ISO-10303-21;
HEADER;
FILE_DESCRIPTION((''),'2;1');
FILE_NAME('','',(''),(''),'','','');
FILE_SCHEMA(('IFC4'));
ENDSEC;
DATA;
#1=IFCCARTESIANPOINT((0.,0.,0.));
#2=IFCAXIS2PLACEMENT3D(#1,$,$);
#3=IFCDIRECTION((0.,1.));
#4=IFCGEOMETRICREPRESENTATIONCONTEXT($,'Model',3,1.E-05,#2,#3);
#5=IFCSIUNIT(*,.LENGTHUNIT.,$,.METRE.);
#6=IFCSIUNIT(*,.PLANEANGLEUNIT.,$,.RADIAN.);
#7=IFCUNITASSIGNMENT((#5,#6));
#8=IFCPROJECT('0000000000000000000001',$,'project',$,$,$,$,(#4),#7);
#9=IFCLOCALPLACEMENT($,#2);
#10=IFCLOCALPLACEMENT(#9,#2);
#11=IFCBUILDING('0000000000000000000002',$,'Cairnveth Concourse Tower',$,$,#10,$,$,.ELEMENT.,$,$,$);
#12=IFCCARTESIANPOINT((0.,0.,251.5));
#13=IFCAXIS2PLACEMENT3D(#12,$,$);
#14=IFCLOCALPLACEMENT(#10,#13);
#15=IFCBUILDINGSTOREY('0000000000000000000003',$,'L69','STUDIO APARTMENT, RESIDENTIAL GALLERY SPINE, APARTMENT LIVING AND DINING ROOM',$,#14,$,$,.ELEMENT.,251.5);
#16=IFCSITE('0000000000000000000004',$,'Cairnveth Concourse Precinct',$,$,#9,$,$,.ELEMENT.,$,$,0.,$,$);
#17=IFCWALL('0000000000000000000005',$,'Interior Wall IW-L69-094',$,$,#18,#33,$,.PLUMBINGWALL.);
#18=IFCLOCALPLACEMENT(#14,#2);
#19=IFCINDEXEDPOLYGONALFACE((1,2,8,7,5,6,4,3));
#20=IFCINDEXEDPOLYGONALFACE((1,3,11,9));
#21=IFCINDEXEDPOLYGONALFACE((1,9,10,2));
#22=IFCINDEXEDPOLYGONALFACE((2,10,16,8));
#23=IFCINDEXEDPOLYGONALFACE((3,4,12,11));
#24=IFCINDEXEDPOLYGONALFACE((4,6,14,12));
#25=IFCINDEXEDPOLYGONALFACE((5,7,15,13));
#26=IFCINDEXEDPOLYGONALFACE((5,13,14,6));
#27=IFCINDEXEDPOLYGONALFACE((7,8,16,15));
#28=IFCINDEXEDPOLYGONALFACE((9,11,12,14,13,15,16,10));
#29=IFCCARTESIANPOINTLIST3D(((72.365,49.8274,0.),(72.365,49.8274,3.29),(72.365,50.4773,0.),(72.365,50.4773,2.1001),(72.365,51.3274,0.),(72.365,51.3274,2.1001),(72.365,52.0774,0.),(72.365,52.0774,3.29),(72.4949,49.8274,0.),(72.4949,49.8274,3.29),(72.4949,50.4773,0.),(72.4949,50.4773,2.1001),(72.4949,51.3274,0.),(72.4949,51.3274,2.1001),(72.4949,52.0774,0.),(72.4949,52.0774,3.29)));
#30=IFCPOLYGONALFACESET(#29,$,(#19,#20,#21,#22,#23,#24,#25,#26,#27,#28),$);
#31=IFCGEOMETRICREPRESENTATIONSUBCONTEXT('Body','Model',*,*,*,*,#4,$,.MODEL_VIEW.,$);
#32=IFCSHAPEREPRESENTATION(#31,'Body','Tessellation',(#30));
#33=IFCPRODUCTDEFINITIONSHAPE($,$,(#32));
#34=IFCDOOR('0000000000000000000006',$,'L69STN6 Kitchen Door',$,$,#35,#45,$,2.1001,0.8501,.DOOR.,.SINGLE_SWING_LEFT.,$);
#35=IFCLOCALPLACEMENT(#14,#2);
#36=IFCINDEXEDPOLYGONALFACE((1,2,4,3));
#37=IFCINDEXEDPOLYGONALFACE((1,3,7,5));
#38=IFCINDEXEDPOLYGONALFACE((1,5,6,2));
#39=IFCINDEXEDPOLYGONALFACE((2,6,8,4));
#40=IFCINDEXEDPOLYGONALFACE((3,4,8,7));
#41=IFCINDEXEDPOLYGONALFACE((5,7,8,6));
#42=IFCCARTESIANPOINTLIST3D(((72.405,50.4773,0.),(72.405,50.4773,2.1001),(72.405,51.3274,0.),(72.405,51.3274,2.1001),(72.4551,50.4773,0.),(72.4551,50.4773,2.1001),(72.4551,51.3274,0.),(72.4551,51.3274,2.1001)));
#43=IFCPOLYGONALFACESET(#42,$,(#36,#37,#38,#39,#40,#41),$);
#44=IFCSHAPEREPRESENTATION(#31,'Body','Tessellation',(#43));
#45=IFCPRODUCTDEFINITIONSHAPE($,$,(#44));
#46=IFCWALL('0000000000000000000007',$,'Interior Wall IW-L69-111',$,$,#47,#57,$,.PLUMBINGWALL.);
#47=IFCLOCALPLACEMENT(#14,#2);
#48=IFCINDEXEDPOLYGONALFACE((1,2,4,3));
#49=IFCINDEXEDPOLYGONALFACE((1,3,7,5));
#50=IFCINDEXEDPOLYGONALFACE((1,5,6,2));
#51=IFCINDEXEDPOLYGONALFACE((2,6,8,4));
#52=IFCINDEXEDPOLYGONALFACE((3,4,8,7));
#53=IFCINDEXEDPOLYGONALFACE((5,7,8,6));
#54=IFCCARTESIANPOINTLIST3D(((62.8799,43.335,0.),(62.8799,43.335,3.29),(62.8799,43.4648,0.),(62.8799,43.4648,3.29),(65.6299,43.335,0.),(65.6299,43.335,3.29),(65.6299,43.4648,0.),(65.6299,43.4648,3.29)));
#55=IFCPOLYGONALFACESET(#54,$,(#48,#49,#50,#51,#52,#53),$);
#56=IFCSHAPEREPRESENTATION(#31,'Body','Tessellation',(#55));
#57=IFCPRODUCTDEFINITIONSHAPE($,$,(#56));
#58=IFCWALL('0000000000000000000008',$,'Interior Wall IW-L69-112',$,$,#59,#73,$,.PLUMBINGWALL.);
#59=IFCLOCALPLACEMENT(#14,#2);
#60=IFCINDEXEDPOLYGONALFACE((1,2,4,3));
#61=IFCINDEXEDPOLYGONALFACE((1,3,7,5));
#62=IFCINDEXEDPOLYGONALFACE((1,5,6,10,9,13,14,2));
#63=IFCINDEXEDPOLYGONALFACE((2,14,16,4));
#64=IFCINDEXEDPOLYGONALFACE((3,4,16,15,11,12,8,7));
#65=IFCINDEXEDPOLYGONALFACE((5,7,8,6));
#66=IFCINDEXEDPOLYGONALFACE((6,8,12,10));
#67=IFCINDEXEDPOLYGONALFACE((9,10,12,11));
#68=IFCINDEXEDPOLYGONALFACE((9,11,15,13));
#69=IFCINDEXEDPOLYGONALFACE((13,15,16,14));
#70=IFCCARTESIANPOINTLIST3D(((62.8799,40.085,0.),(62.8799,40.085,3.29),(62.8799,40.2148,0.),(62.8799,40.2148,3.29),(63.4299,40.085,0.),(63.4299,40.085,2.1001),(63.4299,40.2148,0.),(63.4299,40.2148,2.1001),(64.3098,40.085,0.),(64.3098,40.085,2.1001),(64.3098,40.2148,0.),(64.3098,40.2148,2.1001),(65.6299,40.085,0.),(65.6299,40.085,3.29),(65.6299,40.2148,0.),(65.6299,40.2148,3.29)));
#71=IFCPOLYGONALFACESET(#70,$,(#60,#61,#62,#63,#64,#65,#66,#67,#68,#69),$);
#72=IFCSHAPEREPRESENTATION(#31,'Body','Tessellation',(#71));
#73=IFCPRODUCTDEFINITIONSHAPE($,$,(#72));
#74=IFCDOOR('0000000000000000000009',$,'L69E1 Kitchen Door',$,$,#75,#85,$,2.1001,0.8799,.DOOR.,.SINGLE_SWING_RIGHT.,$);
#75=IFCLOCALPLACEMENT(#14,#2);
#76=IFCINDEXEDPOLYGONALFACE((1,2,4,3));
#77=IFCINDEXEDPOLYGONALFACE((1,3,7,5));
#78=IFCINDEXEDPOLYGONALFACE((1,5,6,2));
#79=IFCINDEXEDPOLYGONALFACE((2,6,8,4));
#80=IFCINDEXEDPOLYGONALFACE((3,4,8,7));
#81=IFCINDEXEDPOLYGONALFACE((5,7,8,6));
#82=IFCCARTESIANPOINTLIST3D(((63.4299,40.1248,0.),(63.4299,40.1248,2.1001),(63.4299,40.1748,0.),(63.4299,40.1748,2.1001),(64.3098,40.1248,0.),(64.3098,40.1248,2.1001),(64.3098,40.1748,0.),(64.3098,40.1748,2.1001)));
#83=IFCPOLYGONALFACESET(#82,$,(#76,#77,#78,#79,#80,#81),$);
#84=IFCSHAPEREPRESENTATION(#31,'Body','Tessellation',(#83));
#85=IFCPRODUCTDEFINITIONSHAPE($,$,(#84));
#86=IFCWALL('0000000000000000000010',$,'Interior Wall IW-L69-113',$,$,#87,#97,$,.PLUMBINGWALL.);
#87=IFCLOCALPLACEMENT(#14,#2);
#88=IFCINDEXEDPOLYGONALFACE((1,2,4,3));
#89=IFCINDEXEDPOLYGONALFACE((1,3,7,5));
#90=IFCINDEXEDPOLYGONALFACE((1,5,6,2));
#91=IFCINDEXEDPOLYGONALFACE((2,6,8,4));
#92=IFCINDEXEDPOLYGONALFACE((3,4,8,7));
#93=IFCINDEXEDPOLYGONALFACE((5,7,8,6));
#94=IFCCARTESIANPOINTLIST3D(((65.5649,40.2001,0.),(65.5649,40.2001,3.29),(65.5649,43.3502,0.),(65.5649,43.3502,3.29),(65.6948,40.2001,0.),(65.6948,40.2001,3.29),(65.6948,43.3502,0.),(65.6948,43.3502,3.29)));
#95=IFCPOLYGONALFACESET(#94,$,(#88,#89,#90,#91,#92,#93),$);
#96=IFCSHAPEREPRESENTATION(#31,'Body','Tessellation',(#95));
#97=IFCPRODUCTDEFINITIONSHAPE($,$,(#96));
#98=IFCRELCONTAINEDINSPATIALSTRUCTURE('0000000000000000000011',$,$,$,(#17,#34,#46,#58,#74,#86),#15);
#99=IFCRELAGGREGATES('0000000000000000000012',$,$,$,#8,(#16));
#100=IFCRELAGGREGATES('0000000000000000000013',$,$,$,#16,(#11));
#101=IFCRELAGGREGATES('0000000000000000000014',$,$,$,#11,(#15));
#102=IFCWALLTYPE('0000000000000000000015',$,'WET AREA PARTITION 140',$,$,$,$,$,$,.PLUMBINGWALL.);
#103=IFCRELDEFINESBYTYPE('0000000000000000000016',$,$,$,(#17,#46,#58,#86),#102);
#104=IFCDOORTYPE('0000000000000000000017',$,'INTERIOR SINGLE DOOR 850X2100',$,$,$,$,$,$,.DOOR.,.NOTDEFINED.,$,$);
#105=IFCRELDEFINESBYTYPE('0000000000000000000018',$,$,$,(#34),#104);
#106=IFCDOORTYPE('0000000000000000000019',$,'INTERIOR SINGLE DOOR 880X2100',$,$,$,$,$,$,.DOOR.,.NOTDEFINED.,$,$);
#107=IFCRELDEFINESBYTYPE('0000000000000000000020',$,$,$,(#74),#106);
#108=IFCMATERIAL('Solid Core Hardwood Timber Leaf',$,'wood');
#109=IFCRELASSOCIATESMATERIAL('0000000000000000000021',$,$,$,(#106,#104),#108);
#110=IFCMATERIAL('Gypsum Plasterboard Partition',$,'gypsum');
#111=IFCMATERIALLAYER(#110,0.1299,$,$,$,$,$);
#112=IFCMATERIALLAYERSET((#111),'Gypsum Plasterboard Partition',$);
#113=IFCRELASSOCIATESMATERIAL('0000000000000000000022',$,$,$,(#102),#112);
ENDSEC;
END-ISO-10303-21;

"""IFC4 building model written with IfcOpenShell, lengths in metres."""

from ifc_helpers import new_model, si_unit, direction, frame, frame_2d, origin, place, context, subcontext, project, spatial, rectangle, extrude, material, layer, layer_set, type_object, element, fill, save


model = new_model("IFC4")

# Units and contexts
model_context = context("Model", 3, precision=1e-05, world=origin(), true_north=direction((0.0, 1.0)))
body_context = subcontext(model_context, "Body", "Model", "MODEL_VIEW")
ifc_project = project(units=[si_unit("LENGTHUNIT", "METRE"), si_unit("PLANEANGLEUNIT", "RADIAN")], contexts=[model_context])

# Site, building, storey
site_placement = place(None, origin())
site = spatial("IfcSite", under=ifc_project, at=site_placement, Name="Cairnveth Concourse Precinct", CompositionType="ELEMENT", RefElevation=0.0)
building_placement = place(site_placement, origin())
building = spatial("IfcBuilding", under=site, at=building_placement, Name="Cairnveth Concourse Tower", CompositionType="ELEMENT")
storey_placement = place(building_placement, frame((0.0, 0.0, 251.5)))
storey = spatial("IfcBuildingStorey", under=building, at=storey_placement, Name="L69", Description="STUDIO APARTMENT, RESIDENTIAL GALLERY SPINE, APARTMENT LIVING AND DINING ROOM", CompositionType="ELEMENT", Elevation=251.5)

# Shared definitions
ifc_material_1 = material(Name="Gypsum Plasterboard Partition", Category="gypsum")

# Shared definitions
ifc_material_2 = material(Name="Solid Core Hardwood Timber Leaf", Category="wood")
door_type_1 = type_object("IfcDoorType", Name="INTERIOR SINGLE DOOR 880X2100", OperationType="NOTDEFINED", PredefinedType="DOOR", material=ifc_material_2)
ifc_layer_1 = layer(ifc_material_1, 0.1299)
ifc_layer_set_1 = layer_set([ifc_layer_1], Name="Gypsum Plasterboard Partition")
wall_type_1 = type_object("IfcWallType", Name="WET AREA PARTITION 140", PredefinedType="PLUMBINGWALL", material=ifc_layer_set_1)
door_type_2 = type_object("IfcDoorType", Name="INTERIOR SINGLE DOOR 850X2100", OperationType="NOTDEFINED", PredefinedType="DOOR", material=ifc_material_2)

# Wall, opening, door
wall_1_placement = place(storey_placement, frame((72.4299, 49.8274, 0.0), z_axis=(0.0, 0.0, 1.0), x_axis=(0.0, 1.0, 0.0)))
wall_1 = element("IfcWall", 1, at=wall_1_placement, inside=storey, type_object=wall_type_1, Name="Interior Wall IW-L69-094", PredefinedType="PLUMBINGWALL", context=body_context, shape_type="SweptSolid", body=[
    extrude(rectangle(XDim=2.25, YDim=0.1299, at=frame_2d((1.125, 0.0))), origin(), (0.0, 0.0, 1.0), 3.29),
])
opening_1_placement = place(wall_1_placement, frame((0.6499, 0.0, 0.0)))
opening_1 = element("IfcOpeningElement", 2, at=opening_1_placement, cuts=wall_1, PredefinedType="OPENING", context=body_context, shape_type="SweptSolid", body=[
    extrude(rectangle(XDim=0.8501, YDim=2.1001, at=frame_2d((0.425, 1.05))), frame((0.0, 0.075, 0.0), z_axis=(0.0, -1.0, 0.0), x_axis=(1.0, 0.0, 0.0)), (0.0, 0.0, 1.0), 0.1499),
])
door_1_placement = place(opening_1_placement, origin())
door_1 = element("IfcDoor", 3, at=door_1_placement, inside=storey, type_object=door_type_2, Name="L69STN6 Kitchen Door", OperationType="SINGLE_SWING_LEFT", OverallHeight=2.1001, OverallWidth=0.8501, PredefinedType="DOOR", context=body_context, shape_type="SweptSolid", body=[
    extrude(rectangle(XDim=0.8501, YDim=2.1001, at=frame_2d((0.425, 1.05))), frame((0.0, 0.0249, 0.0), z_axis=(0.0, -1.0, 0.0), x_axis=(1.0, 0.0, 0.0)), (0.0, 0.0, 1.0), 0.05),
])
fill(opening_1, door_1)

# Wall
wall_2_placement = place(storey_placement, frame((62.8799, 43.3999, 0.0), z_axis=(0.0, 0.0, 1.0), x_axis=(1.0, 0.0, 0.0)))
element("IfcWall", 4, at=wall_2_placement, inside=storey, type_object=wall_type_1, Name="Interior Wall IW-L69-111", PredefinedType="PLUMBINGWALL", context=body_context, shape_type="SweptSolid", body=[
    extrude(rectangle(XDim=2.75, YDim=0.1299, at=frame_2d((1.375, 0.0))), origin(), (0.0, 0.0, 1.0), 3.29),
])

# Wall, opening, door
wall_3_placement = place(storey_placement, frame((62.8799, 40.1499, 0.0), z_axis=(0.0, 0.0, 1.0), x_axis=(1.0, 0.0, 0.0)))
wall_3 = element("IfcWall", 5, at=wall_3_placement, inside=storey, type_object=wall_type_1, Name="Interior Wall IW-L69-112", PredefinedType="PLUMBINGWALL", context=body_context, shape_type="SweptSolid", body=[
    extrude(rectangle(XDim=2.75, YDim=0.1299, at=frame_2d((1.375, 0.0))), origin(), (0.0, 0.0, 1.0), 3.29),
])
opening_2_placement = place(wall_3_placement, frame((0.55, 0.0, 0.0)))
opening_2 = element("IfcOpeningElement", 6, at=opening_2_placement, cuts=wall_3, PredefinedType="OPENING", context=body_context, shape_type="SweptSolid", body=[
    extrude(rectangle(XDim=0.8799, YDim=2.1001, at=frame_2d((0.4399, 1.05))), frame((0.0, 0.075, 0.0), z_axis=(0.0, -1.0, 0.0), x_axis=(1.0, 0.0, 0.0)), (0.0, 0.0, 1.0), 0.1499),
])
door_2_placement = place(opening_2_placement, origin())
door_2 = element("IfcDoor", 7, at=door_2_placement, inside=storey, type_object=door_type_1, Name="L69E1 Kitchen Door", OperationType="SINGLE_SWING_RIGHT", OverallHeight=2.1001, OverallWidth=0.8799, PredefinedType="DOOR", context=body_context, shape_type="SweptSolid", body=[
    extrude(rectangle(XDim=0.8799, YDim=2.1001, at=frame_2d((0.4399, 1.05))), frame((0.0, 0.0249, 0.0), z_axis=(0.0, -1.0, 0.0), x_axis=(1.0, 0.0, 0.0)), (0.0, 0.0, 1.0), 0.05),
])
fill(opening_2, door_2)

# Wall
wall_4_placement = place(storey_placement, frame((65.6299, 40.2, 0.0), z_axis=(0.0, 0.0, 1.0), x_axis=(0.0, 1.0, 0.0)))
element("IfcWall", 8, at=wall_4_placement, inside=storey, type_object=wall_type_1, Name="Interior Wall IW-L69-113", PredefinedType="PLUMBINGWALL", context=body_context, shape_type="SweptSolid", body=[
    extrude(rectangle(XDim=3.1501, YDim=0.1299, at=frame_2d((1.5752, 0.0))), origin(), (0.0, 0.0, 1.0), 3.29),
])

save(model, "model.ifc")
